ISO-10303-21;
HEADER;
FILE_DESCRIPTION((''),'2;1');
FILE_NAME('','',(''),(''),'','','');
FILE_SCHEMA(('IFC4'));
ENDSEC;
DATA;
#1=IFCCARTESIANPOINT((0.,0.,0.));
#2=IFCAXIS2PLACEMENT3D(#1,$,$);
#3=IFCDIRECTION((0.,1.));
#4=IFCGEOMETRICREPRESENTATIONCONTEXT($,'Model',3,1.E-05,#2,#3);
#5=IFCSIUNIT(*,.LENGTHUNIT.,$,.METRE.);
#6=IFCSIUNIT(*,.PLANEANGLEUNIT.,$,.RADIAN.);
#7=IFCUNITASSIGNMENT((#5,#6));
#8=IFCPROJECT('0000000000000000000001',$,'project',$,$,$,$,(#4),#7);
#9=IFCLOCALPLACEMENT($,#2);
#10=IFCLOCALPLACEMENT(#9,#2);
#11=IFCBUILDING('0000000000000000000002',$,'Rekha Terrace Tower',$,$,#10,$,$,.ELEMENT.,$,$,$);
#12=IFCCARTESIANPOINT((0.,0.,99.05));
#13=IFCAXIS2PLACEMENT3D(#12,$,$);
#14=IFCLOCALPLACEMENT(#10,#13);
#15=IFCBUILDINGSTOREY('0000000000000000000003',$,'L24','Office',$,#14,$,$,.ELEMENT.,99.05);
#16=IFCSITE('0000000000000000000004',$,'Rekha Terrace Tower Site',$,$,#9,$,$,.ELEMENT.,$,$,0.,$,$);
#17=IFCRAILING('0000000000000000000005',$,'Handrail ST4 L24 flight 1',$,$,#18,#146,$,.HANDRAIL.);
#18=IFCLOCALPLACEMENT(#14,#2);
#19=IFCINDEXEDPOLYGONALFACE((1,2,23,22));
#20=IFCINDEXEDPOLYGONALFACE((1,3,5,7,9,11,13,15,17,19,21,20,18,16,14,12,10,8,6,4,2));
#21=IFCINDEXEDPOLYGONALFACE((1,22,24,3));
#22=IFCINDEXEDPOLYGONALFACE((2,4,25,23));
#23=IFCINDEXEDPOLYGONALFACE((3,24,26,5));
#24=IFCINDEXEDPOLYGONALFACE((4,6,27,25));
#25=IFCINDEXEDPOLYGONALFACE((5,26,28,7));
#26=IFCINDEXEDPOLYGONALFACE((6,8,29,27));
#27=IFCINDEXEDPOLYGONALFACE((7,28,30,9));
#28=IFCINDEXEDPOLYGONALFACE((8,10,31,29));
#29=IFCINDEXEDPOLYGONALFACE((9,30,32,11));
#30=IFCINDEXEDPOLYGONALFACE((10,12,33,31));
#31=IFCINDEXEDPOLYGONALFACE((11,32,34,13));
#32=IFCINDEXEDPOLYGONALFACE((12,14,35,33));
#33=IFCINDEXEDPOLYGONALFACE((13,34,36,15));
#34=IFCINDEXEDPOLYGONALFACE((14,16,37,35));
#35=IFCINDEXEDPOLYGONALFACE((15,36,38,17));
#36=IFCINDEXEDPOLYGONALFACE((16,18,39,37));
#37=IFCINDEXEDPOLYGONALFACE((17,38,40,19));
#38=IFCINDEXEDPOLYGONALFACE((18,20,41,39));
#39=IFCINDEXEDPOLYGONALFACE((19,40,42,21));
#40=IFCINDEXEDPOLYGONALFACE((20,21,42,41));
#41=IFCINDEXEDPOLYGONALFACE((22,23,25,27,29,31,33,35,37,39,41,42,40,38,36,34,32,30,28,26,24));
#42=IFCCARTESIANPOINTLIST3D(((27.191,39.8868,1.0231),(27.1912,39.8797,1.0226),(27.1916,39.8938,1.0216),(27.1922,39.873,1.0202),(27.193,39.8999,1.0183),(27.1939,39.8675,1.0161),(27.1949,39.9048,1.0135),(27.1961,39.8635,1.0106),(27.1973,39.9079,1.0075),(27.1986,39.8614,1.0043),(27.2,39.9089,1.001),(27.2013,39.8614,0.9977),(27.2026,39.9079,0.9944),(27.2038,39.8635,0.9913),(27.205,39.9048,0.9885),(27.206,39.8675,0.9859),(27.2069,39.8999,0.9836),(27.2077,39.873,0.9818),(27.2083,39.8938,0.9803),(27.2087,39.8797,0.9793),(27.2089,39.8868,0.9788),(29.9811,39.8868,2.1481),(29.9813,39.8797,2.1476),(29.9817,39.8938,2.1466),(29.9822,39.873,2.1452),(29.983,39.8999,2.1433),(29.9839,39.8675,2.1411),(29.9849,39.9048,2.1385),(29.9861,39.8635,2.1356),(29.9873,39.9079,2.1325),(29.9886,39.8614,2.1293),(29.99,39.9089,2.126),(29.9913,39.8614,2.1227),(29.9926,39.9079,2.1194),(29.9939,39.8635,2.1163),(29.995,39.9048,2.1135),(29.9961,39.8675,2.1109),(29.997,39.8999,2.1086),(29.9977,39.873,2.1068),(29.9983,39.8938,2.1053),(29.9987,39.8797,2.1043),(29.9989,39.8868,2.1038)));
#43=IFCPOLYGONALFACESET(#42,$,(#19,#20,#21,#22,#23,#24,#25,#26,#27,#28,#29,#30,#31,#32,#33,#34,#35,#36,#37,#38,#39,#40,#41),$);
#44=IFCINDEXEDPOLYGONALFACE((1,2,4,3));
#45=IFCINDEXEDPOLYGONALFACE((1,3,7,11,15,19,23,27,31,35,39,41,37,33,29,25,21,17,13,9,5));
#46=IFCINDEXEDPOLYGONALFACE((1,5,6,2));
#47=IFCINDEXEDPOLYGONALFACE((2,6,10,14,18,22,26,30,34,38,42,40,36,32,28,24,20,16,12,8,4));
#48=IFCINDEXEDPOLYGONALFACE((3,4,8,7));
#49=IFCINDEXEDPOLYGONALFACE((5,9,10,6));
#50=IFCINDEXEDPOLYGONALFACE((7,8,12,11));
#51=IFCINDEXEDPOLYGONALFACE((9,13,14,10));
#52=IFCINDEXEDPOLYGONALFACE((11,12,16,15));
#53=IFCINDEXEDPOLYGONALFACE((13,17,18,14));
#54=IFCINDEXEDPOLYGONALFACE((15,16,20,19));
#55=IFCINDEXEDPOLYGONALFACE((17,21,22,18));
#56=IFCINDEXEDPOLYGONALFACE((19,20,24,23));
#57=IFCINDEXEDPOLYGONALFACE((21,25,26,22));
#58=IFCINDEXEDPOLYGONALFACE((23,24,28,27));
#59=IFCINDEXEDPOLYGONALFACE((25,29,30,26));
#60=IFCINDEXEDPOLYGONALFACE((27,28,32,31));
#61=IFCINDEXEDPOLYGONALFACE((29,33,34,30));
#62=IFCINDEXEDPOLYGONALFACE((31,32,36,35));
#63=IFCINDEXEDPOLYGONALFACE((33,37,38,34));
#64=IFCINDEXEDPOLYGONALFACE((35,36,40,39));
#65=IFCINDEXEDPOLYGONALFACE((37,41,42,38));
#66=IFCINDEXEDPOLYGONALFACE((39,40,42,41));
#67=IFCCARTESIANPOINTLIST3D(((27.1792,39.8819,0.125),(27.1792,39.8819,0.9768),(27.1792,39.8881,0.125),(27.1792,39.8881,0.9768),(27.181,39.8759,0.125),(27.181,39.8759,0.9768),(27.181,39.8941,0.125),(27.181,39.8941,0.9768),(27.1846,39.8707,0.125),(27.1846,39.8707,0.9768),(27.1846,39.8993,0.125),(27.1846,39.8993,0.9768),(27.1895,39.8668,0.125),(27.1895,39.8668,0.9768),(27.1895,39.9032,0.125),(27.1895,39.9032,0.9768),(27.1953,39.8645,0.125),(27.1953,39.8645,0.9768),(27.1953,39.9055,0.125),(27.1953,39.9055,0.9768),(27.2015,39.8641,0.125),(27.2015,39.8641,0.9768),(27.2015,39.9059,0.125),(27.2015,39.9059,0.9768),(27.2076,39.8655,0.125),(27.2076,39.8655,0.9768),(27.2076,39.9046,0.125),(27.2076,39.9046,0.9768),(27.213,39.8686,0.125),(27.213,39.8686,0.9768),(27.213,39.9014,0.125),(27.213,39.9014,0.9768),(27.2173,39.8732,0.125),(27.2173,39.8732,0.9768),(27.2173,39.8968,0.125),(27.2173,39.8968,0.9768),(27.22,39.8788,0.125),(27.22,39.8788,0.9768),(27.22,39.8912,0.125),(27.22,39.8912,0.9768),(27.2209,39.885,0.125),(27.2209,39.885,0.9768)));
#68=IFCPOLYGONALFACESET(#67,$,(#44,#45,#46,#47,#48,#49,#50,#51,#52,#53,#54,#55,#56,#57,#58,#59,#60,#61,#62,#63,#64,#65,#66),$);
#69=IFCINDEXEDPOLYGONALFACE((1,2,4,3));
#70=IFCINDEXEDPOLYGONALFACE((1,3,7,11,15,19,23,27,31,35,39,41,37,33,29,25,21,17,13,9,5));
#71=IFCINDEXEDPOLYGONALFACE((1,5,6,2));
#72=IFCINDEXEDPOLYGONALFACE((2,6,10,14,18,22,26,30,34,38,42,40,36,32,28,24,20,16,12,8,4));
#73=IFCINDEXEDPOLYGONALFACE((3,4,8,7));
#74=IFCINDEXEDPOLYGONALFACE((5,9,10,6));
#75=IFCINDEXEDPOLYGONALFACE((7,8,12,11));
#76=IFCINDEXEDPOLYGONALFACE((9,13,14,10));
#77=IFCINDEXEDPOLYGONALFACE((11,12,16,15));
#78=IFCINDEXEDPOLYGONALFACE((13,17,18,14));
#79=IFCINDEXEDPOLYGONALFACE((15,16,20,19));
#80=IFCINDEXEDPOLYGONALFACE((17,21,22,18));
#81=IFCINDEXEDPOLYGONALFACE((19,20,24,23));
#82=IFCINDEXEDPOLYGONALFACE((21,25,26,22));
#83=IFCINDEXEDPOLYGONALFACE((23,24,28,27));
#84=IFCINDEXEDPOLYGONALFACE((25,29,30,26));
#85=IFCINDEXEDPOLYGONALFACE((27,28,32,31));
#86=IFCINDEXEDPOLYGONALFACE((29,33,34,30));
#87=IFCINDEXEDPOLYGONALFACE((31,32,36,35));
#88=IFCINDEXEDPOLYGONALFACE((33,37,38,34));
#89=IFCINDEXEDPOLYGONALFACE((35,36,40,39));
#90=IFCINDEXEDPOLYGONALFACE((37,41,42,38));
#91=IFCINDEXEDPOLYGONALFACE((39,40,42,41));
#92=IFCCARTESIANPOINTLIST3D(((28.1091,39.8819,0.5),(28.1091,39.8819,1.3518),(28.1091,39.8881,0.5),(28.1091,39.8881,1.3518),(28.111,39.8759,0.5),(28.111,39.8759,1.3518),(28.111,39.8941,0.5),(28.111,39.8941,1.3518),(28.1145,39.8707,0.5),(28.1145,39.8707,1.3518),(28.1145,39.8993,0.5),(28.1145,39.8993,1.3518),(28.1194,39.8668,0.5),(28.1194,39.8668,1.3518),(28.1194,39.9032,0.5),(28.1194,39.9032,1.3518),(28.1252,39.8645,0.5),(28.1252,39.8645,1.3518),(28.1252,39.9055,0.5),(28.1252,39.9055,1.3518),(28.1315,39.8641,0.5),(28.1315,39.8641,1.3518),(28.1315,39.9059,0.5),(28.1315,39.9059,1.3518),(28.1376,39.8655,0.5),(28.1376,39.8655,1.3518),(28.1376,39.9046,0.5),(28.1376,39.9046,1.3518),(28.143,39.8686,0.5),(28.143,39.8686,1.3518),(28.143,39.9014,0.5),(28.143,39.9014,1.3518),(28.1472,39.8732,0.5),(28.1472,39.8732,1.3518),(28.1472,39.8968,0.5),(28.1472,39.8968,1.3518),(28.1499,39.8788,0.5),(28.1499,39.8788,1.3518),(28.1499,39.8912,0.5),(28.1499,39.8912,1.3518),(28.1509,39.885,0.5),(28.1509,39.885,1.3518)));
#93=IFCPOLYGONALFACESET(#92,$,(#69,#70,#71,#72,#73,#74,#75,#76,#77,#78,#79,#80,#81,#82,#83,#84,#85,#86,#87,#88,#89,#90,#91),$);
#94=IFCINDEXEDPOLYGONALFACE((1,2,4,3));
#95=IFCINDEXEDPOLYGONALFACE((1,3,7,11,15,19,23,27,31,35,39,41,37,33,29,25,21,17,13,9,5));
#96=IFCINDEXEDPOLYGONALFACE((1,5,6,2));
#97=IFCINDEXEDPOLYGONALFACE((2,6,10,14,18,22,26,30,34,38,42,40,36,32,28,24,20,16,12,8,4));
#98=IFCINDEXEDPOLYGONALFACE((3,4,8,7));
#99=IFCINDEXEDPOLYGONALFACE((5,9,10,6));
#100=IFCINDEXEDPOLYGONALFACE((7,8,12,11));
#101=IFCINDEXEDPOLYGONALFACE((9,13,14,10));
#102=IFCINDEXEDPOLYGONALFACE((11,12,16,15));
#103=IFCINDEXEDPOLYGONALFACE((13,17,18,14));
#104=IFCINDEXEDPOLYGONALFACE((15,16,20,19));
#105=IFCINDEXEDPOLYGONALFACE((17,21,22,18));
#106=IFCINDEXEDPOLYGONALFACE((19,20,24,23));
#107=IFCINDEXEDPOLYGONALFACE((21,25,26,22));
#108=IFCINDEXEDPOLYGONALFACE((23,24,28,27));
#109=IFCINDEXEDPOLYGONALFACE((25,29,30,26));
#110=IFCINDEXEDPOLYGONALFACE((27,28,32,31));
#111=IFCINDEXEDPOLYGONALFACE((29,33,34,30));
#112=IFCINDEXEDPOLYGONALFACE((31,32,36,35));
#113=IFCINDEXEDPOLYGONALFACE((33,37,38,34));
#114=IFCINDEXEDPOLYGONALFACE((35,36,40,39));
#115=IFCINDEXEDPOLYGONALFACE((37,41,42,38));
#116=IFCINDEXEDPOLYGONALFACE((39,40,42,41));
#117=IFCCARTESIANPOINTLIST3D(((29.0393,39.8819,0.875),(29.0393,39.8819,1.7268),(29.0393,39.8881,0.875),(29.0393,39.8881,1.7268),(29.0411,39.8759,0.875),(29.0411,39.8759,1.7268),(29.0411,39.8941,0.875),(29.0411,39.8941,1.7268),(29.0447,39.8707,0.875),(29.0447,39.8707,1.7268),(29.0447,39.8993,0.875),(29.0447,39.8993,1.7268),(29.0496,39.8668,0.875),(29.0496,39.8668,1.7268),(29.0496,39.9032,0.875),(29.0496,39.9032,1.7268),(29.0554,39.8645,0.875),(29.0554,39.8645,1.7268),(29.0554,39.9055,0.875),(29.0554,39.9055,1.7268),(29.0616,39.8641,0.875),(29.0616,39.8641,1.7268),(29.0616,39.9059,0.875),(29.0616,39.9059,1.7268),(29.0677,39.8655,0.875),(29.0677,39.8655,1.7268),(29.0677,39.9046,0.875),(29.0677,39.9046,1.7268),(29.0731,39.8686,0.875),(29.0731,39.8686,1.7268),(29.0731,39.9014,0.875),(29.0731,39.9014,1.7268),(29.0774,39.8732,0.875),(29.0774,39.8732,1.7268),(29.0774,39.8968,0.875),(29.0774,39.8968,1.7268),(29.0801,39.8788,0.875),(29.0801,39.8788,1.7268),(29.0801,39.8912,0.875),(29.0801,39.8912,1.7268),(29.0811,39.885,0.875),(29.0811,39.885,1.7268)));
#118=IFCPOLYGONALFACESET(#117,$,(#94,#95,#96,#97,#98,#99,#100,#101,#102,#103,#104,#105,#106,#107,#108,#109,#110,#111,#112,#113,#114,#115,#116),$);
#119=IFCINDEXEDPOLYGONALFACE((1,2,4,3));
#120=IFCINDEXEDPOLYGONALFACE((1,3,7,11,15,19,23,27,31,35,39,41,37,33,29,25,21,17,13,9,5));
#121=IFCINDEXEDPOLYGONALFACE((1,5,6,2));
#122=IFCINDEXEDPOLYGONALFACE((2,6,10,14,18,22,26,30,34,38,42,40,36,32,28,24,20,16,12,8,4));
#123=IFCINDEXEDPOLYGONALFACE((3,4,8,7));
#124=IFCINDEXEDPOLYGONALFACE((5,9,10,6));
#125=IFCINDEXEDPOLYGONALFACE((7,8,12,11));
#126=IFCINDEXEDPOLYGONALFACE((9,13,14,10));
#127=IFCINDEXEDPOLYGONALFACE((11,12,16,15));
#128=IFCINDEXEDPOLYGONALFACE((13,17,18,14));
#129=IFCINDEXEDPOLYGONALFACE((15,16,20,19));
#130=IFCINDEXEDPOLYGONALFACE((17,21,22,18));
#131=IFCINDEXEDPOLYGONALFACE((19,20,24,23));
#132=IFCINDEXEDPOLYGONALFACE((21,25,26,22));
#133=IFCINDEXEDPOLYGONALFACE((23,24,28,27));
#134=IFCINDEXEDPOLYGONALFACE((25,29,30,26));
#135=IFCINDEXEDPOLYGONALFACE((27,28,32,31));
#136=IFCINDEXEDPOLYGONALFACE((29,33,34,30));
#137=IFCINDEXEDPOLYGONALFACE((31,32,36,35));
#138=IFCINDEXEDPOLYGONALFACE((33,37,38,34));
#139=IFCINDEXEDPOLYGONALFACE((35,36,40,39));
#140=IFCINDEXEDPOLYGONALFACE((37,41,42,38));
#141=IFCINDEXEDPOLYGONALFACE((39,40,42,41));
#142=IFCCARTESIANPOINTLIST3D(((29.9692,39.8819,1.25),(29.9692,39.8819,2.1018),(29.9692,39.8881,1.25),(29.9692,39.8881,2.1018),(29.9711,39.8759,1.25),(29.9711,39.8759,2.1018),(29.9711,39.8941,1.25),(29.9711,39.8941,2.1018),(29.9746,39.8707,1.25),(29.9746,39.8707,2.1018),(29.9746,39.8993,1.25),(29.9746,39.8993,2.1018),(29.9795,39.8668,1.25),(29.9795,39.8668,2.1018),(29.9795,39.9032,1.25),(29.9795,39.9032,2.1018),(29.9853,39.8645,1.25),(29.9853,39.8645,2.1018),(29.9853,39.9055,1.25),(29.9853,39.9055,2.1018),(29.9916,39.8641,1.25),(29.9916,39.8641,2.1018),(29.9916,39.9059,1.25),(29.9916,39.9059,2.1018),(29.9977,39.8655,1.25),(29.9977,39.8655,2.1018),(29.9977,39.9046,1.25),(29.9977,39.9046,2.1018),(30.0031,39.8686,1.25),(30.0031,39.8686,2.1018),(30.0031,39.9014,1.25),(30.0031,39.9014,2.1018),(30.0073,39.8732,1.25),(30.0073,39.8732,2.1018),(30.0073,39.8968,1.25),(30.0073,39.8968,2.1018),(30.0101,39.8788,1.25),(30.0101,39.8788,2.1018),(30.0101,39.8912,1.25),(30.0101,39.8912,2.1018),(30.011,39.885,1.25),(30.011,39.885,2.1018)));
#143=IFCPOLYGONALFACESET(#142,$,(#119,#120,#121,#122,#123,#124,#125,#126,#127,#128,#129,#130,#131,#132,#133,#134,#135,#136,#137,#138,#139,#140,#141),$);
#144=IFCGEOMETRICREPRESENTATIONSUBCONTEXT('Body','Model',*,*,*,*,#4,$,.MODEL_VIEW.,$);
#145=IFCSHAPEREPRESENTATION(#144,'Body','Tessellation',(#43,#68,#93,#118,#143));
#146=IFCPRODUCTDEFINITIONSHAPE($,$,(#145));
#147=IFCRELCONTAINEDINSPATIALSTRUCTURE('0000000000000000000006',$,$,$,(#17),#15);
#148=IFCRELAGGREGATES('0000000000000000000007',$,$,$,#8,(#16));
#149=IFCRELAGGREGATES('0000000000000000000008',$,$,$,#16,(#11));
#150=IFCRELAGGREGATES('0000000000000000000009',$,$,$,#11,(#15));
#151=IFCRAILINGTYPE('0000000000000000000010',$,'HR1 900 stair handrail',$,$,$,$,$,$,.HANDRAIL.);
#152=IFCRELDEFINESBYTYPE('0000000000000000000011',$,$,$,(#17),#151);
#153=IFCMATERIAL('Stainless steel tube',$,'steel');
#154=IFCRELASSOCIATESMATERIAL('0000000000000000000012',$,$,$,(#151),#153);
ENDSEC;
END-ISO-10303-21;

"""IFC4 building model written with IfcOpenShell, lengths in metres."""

from ifc_helpers import new_model, si_unit, direction, frame, origin, origin_2d, place, context, subcontext, project, spatial, circle, extrude, material, type_object, element, save


model = new_model("IFC4")

# Units and contexts
model_context = context("Model", 3, precision=1e-05, world=origin(), true_north=direction((0.0, 1.0)))
body_context = subcontext(model_context, "Body", "Model", "MODEL_VIEW")
ifc_project = project(units=[si_unit("LENGTHUNIT", "METRE"), si_unit("PLANEANGLEUNIT", "RADIAN")], contexts=[model_context])

# Site, building, storey
site_placement = place(None, origin())
site = spatial("IfcSite", under=ifc_project, at=site_placement, Name="Rekha Terrace Tower Site", CompositionType="ELEMENT", RefElevation=0.0)
building_placement = place(site_placement, origin())
building = spatial("IfcBuilding", under=site, at=building_placement, Name="Rekha Terrace Tower", CompositionType="ELEMENT")
storey_placement = place(building_placement, frame((0.0, 0.0, 99.05)))
storey = spatial("IfcBuildingStorey", under=building, at=storey_placement, Name="L24", Description="Office", CompositionType="ELEMENT", Elevation=99.05)

# Railing
ifc_material_1 = material(Name="Stainless steel tube", Category="steel")
railing_type_1 = type_object("IfcRailingType", Name="HR1 900 stair handrail", PredefinedType="HANDRAIL", material=ifc_material_1)
railing_1_placement = place(storey_placement, frame((27.2, 39.885, 0.125)))
element("IfcRailing", 1, at=railing_1_placement, inside=storey, type_object=railing_type_1, Name="Handrail ST4 L24 flight 1", PredefinedType="HANDRAIL", context=body_context, shape_type="SweptSolid", body=[
    extrude(circle(Radius=0.0239, at=origin_2d()), frame((0.0, 0.0, 0.876), z_axis=(0.927443, 0.0, 0.373964), x_axis=(0.0, 1.0, 0.0)), (0.0, 0.0, 1.0), 3.0083),
    extrude(circle(Radius=0.021, at=origin_2d()), origin(), (0.0, 0.0, 1.0), 0.8518),
    extrude(circle(Radius=0.021, at=origin_2d()), frame((0.9299, 0.0, 0.375)), (0.0, 0.0, 1.0), 0.8518),
    extrude(circle(Radius=0.021, at=origin_2d()), frame((1.8601, 0.0, 0.75)), (0.0, 0.0, 1.0), 0.8518),
    extrude(circle(Radius=0.021, at=origin_2d()), frame((2.79, 0.0, 1.125)), (0.0, 0.0, 1.0), 0.8518),
])

save(model, "model.ifc")
